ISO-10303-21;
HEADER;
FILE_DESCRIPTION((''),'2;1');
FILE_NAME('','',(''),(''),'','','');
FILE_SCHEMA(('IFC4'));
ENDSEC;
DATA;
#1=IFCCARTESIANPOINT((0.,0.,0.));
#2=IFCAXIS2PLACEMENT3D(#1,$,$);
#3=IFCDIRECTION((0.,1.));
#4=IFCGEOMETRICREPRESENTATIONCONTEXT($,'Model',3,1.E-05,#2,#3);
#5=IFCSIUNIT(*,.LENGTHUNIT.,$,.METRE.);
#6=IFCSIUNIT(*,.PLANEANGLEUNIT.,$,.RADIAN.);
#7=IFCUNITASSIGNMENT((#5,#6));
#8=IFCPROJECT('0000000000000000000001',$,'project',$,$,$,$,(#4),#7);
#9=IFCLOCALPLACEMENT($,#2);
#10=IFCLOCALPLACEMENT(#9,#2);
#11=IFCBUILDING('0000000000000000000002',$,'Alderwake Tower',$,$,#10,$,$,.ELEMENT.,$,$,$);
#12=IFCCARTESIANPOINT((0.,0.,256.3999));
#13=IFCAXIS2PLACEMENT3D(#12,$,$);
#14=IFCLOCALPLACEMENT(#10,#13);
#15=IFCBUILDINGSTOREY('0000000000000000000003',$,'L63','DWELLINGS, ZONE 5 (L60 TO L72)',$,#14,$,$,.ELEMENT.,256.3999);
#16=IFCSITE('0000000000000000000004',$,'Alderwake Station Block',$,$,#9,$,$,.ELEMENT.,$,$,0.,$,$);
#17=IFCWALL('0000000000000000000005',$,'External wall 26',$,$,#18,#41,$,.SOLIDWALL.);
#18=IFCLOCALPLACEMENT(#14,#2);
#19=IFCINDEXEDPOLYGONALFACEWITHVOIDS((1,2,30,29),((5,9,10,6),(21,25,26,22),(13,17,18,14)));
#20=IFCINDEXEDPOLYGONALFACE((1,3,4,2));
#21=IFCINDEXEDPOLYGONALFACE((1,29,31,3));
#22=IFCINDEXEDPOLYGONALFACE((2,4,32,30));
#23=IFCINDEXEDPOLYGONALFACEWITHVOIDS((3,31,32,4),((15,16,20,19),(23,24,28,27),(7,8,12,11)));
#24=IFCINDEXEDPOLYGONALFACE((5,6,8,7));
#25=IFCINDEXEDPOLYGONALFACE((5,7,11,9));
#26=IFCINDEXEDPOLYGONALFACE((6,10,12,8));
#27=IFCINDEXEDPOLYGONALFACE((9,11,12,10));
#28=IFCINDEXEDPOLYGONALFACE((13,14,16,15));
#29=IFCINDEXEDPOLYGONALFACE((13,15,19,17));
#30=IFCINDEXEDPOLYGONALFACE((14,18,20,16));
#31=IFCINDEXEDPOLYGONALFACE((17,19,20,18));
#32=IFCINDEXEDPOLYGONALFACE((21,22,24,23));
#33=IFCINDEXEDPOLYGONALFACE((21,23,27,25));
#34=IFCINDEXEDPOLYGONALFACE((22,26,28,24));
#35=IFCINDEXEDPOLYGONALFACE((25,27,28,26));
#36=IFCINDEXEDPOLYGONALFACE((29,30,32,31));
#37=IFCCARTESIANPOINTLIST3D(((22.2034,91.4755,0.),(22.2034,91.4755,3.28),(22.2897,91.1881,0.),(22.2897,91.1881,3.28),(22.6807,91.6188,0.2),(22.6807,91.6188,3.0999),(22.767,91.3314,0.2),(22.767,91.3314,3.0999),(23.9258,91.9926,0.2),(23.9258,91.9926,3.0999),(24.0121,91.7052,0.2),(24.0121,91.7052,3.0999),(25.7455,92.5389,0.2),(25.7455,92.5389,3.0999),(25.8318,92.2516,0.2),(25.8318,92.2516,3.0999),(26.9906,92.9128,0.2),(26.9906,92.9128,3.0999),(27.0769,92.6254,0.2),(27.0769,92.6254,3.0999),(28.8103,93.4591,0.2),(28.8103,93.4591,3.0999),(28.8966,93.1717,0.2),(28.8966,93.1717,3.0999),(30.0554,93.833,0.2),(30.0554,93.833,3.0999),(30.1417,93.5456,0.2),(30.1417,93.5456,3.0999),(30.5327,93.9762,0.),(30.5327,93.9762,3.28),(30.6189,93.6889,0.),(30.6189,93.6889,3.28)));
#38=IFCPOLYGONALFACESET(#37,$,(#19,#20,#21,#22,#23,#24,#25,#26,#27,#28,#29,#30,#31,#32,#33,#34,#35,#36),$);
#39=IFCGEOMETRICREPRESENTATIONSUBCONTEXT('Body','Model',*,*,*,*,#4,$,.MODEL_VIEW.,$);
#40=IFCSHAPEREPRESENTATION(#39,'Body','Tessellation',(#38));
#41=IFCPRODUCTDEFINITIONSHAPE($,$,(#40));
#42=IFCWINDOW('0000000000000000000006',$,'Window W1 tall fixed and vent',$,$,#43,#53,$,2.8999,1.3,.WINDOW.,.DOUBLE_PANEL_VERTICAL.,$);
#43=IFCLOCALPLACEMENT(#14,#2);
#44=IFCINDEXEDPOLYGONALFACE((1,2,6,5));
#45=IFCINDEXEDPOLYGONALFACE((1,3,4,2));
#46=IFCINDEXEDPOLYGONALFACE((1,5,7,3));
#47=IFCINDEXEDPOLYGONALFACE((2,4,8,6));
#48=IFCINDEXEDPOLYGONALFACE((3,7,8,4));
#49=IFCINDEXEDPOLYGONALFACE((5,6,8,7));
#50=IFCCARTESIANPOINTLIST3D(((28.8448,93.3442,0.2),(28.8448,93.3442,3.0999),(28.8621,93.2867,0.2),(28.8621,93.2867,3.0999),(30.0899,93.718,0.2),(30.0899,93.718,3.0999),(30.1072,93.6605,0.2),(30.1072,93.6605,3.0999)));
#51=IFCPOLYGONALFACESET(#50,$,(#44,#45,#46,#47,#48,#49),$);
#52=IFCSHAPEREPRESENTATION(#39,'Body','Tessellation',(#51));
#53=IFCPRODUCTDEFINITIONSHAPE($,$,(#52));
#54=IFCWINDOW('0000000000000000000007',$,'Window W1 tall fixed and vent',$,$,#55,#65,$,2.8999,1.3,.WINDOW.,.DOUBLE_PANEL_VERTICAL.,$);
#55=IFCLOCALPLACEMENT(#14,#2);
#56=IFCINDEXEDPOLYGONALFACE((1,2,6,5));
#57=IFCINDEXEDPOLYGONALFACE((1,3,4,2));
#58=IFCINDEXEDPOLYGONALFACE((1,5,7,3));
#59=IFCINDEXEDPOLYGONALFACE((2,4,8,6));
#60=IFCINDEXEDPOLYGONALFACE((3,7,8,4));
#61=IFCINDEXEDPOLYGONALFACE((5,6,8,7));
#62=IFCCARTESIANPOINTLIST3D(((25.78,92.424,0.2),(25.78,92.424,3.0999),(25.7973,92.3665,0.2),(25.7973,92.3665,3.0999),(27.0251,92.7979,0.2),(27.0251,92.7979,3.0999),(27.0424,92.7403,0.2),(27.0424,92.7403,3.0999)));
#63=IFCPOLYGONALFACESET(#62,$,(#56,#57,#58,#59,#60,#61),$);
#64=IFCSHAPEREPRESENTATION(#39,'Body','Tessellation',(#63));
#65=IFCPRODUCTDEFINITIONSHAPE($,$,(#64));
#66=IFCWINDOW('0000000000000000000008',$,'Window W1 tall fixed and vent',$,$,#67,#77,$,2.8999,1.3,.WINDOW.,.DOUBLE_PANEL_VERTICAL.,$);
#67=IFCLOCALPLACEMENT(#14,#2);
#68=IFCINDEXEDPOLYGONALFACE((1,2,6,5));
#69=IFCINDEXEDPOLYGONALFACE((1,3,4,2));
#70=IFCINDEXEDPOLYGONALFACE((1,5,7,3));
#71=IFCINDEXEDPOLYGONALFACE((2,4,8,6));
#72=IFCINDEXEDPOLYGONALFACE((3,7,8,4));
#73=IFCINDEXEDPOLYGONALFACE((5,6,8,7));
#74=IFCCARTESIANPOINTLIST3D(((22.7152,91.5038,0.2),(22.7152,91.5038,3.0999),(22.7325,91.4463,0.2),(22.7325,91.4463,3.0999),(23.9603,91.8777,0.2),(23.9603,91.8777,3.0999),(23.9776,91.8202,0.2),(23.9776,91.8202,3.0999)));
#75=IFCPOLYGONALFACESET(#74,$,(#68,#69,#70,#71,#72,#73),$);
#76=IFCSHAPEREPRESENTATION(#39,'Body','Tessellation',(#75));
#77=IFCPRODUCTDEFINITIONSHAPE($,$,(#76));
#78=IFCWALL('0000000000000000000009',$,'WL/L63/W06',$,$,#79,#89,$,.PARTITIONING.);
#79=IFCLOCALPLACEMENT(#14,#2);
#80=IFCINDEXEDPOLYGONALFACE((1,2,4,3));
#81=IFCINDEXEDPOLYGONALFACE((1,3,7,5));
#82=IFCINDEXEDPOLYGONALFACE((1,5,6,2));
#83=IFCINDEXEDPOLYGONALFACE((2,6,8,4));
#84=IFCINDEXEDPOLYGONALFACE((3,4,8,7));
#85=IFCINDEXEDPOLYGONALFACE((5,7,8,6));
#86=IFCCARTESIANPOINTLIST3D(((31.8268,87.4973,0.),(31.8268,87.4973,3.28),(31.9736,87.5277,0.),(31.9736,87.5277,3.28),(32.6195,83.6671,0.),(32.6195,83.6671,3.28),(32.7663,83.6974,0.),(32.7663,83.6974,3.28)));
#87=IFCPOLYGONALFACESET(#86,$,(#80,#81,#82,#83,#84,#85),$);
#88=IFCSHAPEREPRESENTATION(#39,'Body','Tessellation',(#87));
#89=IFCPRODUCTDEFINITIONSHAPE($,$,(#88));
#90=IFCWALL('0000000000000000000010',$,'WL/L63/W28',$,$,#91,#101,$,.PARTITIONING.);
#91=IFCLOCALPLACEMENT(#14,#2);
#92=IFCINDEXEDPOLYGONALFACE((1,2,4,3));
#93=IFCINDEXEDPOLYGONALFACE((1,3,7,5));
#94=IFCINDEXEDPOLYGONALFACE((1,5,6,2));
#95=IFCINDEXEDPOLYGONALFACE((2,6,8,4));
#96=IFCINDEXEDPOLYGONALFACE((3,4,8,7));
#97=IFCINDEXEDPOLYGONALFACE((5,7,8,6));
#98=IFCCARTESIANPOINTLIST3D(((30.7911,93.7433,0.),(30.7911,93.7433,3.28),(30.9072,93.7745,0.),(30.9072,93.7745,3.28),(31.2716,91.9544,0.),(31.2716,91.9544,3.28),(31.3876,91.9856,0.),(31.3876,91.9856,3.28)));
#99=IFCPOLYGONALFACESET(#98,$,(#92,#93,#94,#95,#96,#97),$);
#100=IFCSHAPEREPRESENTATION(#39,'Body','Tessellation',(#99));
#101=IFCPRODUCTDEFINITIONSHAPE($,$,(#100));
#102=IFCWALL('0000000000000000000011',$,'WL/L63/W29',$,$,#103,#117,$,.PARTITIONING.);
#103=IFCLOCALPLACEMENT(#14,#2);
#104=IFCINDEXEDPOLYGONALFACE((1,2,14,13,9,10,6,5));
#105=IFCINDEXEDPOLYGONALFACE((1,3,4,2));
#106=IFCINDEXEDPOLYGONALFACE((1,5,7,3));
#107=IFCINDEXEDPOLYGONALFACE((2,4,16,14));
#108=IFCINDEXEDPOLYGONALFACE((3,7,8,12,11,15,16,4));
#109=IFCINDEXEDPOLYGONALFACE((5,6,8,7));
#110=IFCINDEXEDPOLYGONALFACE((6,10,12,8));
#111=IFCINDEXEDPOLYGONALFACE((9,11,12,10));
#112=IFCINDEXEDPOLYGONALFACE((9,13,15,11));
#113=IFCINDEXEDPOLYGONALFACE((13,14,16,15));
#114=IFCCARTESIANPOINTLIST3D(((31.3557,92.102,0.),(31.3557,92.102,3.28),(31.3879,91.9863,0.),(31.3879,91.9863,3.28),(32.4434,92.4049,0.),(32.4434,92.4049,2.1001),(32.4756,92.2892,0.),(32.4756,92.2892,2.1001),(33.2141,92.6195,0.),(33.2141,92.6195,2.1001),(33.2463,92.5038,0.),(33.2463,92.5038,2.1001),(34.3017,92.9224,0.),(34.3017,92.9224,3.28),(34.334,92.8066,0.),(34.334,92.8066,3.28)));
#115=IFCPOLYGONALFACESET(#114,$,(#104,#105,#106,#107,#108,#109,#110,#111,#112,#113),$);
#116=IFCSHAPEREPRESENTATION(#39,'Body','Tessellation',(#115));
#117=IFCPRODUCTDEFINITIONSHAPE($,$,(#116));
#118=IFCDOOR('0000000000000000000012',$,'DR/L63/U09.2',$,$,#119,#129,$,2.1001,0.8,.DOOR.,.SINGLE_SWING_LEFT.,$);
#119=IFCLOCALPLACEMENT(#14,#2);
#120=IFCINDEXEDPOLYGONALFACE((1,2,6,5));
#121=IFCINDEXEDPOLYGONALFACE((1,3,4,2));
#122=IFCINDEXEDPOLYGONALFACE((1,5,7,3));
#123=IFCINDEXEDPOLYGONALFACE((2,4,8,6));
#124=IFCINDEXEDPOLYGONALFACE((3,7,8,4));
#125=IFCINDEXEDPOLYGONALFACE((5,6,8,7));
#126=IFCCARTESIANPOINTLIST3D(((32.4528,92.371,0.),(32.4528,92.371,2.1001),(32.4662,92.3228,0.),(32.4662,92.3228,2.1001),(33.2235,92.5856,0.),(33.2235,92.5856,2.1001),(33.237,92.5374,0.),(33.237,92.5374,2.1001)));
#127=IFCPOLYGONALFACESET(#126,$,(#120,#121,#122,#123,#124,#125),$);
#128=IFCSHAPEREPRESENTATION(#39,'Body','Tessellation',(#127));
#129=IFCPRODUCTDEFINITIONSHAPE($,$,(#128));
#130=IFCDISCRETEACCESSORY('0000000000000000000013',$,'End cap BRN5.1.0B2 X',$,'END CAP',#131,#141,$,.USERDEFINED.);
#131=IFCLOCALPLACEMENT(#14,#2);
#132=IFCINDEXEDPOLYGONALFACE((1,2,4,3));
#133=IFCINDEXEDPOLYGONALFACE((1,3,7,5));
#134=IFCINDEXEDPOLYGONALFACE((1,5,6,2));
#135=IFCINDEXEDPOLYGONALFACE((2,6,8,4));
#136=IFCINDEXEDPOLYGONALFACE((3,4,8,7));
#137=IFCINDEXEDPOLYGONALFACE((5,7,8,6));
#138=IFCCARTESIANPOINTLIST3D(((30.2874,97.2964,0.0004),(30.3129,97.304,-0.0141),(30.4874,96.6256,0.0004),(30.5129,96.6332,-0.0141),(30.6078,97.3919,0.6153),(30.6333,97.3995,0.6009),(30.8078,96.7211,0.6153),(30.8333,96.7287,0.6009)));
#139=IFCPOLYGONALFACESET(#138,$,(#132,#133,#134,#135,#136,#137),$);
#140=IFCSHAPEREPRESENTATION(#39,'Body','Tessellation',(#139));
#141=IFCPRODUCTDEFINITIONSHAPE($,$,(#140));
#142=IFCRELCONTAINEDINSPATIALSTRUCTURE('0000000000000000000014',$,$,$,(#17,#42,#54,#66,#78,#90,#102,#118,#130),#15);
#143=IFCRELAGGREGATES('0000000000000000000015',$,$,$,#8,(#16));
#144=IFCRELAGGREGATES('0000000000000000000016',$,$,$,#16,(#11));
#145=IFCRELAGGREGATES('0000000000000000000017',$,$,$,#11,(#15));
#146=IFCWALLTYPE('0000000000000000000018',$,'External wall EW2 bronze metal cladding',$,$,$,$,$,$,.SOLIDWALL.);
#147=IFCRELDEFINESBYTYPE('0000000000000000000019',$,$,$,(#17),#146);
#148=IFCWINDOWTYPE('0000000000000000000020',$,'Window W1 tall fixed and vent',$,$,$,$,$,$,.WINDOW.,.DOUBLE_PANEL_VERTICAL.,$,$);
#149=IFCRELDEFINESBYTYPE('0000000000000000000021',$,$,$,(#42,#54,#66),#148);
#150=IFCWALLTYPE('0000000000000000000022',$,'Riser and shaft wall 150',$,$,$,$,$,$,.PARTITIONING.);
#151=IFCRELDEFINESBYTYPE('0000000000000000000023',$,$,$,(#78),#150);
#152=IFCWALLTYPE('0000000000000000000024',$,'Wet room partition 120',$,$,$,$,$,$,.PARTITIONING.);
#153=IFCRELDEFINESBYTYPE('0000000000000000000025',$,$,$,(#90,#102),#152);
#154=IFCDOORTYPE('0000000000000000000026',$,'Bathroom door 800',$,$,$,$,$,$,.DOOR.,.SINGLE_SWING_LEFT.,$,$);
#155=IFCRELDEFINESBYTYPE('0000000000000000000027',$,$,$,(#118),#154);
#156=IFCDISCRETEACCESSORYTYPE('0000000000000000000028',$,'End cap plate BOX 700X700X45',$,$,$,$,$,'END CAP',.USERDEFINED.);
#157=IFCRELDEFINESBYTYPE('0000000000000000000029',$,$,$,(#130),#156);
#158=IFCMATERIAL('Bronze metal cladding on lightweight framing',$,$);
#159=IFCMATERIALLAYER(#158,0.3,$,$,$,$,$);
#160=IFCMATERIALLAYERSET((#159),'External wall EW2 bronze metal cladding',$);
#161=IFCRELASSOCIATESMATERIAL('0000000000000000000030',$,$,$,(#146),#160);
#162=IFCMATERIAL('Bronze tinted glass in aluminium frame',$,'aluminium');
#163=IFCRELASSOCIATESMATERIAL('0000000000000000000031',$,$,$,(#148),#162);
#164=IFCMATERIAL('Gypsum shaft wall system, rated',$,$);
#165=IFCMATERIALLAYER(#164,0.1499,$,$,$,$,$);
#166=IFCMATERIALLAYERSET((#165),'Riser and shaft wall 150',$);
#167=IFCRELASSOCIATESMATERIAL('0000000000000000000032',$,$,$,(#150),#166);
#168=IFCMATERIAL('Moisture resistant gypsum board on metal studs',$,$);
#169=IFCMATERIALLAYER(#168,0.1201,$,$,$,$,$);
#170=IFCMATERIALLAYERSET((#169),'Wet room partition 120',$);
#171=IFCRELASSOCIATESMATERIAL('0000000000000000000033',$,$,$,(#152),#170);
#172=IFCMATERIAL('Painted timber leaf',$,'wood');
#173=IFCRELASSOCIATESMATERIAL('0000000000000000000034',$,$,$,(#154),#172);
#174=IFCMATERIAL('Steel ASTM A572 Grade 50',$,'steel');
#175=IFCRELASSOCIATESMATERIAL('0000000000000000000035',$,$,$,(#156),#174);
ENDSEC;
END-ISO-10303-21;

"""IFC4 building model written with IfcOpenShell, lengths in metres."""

from ifc_helpers import new_model, si_unit, direction, frame, frame_2d, origin, origin_2d, place, context, subcontext, project, spatial, rectangle, extrude, material, layer, layer_set, material_profile, profile_set, type_object, element, fill, save


model = new_model("IFC4")

# Units and contexts
model_context = context("Model", 3, precision=1e-05, world=origin(), true_north=direction((0.0, 1.0)))
body_context = subcontext(model_context, "Body", "Model", "MODEL_VIEW")
ifc_project = project(units=[si_unit("LENGTHUNIT", "METRE"), si_unit("PLANEANGLEUNIT", "RADIAN")], contexts=[model_context])

# Site, building, storey
site_placement = place(None, origin())
site = spatial("IfcSite", under=ifc_project, at=site_placement, Name="Alderwake Station Block", CompositionType="ELEMENT", RefElevation=0.0)
building_placement = place(site_placement, origin())
building = spatial("IfcBuilding", under=site, at=building_placement, Name="Alderwake Tower", CompositionType="ELEMENT")
storey_placement = place(building_placement, frame((0.0, 0.0, 256.3999)))
storey = spatial("IfcBuildingStorey", under=building, at=storey_placement, Name="L63", Description="DWELLINGS, ZONE 5 (L60 TO L72)", CompositionType="ELEMENT", Elevation=256.3999)

# Wall, openings, windows
ifc_material_1 = material(Name="Bronze metal cladding on lightweight framing")
ifc_layer_1 = layer(ifc_material_1, 0.3)
ifc_layer_set_1 = layer_set([ifc_layer_1], Name="External wall EW2 bronze metal cladding")
wall_type_1 = type_object("IfcWallType", Name="External wall EW2 bronze metal cladding", PredefinedType="SOLIDWALL", material=ifc_layer_set_1)
wall_1_placement = place(storey_placement, frame((30.5757, 93.8325, 0.0), z_axis=(0.0, 0.0, 1.0), x_axis=(-0.957763, -0.287559, 0.0)))
wall_1 = element("IfcWall", 1, at=wall_1_placement, inside=storey, type_object=wall_type_1, Name="External wall 26", PredefinedType="SOLIDWALL", context=body_context, shape_type="SweptSolid", body=[
    extrude(rectangle(XDim=8.6965, YDim=0.3, at=frame_2d((4.3481, 0.0))), origin(), (0.0, 0.0, 1.0), 3.28),
])
opening_1_placement = place(wall_1_placement, frame((0.4983, 0.0, 0.2)))
opening_1 = element("IfcOpeningElement", 2, at=opening_1_placement, cuts=wall_1, PredefinedType="OPENING", context=body_context, shape_type="SweptSolid", body=[
    extrude(rectangle(XDim=1.3, YDim=2.8999, at=frame_2d((0.6499, 1.45))), frame((0.0, 0.1599, 0.0), z_axis=(0.0, -1.0, 0.0), x_axis=(1.0, 0.0, 0.0)), (0.0, 0.0, 1.0), 0.3201),
])
opening_2_placement = place(wall_1_placement, frame((3.6982, 0.0, 0.2)))
opening_2 = element("IfcOpeningElement", 3, at=opening_2_placement, cuts=wall_1, PredefinedType="OPENING", context=body_context, shape_type="SweptSolid", body=[
    extrude(rectangle(XDim=1.3, YDim=2.8999, at=frame_2d((0.6499, 1.45))), frame((0.0, 0.1599, 0.0), z_axis=(0.0, -1.0, 0.0), x_axis=(1.0, 0.0, 0.0)), (0.0, 0.0, 1.0), 0.3201),
])
opening_3_placement = place(wall_1_placement, frame((6.8982, 0.0, 0.2)))
opening_3 = element("IfcOpeningElement", 4, at=opening_3_placement, cuts=wall_1, PredefinedType="OPENING", context=body_context, shape_type="SweptSolid", body=[
    extrude(rectangle(XDim=1.3, YDim=2.8999, at=frame_2d((0.6499, 1.45))), frame((0.0, 0.1599, 0.0), z_axis=(0.0, -1.0, 0.0), x_axis=(1.0, 0.0, 0.0)), (0.0, 0.0, 1.0), 0.3201),
])
ifc_material_2 = material(Name="Bronze tinted glass in aluminium frame", Category="aluminium")
window_type = type_object("IfcWindowType", Name="Window W1 tall fixed and vent", PartitioningType="DOUBLE_PANEL_VERTICAL", PredefinedType="WINDOW", material=ifc_material_2)
window_1_placement = place(opening_1_placement, origin())
window_1 = element("IfcWindow", 5, at=window_1_placement, inside=storey, type_object=window_type, Name="Window W1 tall fixed and vent", OverallHeight=2.8999, OverallWidth=1.3, PartitioningType="DOUBLE_PANEL_VERTICAL", PredefinedType="WINDOW", context=body_context, shape_type="SweptSolid", body=[
    extrude(rectangle(XDim=1.3, YDim=2.8999, at=frame_2d((0.6499, 1.45))), frame((0.0, 0.03, 0.0), z_axis=(0.0, -1.0, 0.0), x_axis=(1.0, 0.0, 0.0)), (0.0, 0.0, 1.0), 0.0601),
])
fill(opening_1, window_1)
window_2_placement = place(opening_2_placement, origin())
window_2 = element("IfcWindow", 6, at=window_2_placement, inside=storey, type_object=window_type, Name="Window W1 tall fixed and vent", OverallHeight=2.8999, OverallWidth=1.3, PartitioningType="DOUBLE_PANEL_VERTICAL", PredefinedType="WINDOW", context=body_context, shape_type="SweptSolid", body=[
    extrude(rectangle(XDim=1.3, YDim=2.8999, at=frame_2d((0.6499, 1.45))), frame((0.0, 0.03, 0.0), z_axis=(0.0, -1.0, 0.0), x_axis=(1.0, 0.0, 0.0)), (0.0, 0.0, 1.0), 0.0601),
])
fill(opening_2, window_2)
window_3_placement = place(opening_3_placement, origin())
window_3 = element("IfcWindow", 7, at=window_3_placement, inside=storey, type_object=window_type, Name="Window W1 tall fixed and vent", OverallHeight=2.8999, OverallWidth=1.3, PartitioningType="DOUBLE_PANEL_VERTICAL", PredefinedType="WINDOW", context=body_context, shape_type="SweptSolid", body=[
    extrude(rectangle(XDim=1.3, YDim=2.8999, at=frame_2d((0.6499, 1.45))), frame((0.0, 0.03, 0.0), z_axis=(0.0, -1.0, 0.0), x_axis=(1.0, 0.0, 0.0)), (0.0, 0.0, 1.0), 0.0601),
])
fill(opening_3, window_3)

# Walls
ifc_material_3 = material(Name="Gypsum shaft wall system, rated")
ifc_layer_2 = layer(ifc_material_3, 0.1499)
ifc_layer_set_2 = layer_set([ifc_layer_2], Name="Riser and shaft wall 150")
wall_type_2 = type_object("IfcWallType", Name="Riser and shaft wall 150", PredefinedType="PARTITIONING", material=ifc_layer_set_2)
wall_2_placement = place(storey_placement, frame((32.6929, 83.6824, 0.0), z_axis=(0.0, 0.0, 1.0), x_axis=(-0.202665, 0.979248, 0.0)))
element("IfcWall", 8, at=wall_2_placement, inside=storey, type_object=wall_type_2, Name="WL/L63/W06", PredefinedType="PARTITIONING", context=body_context, shape_type="SweptSolid", body=[
    extrude(rectangle(XDim=3.9114, YDim=0.1499, at=frame_2d((1.9556, 0.0))), origin(), (0.0, 0.0, 1.0), 3.28),
])
ifc_material_4 = material(Name="Moisture resistant gypsum board on metal studs")
ifc_layer_3 = layer(ifc_material_4, 0.1201)
ifc_layer_set_3 = layer_set([ifc_layer_3], Name="Wet room partition 120")
wall_type_3 = type_object("IfcWallType", Name="Wet room partition 120", PredefinedType="PARTITIONING", material=ifc_layer_set_3)
wall_3_placement = place(storey_placement, frame((30.8491, 93.759, 0.0), z_axis=(0.0, 0.0, 1.0), x_axis=(0.259401, -0.96577, 0.0)))
element("IfcWall", 9, at=wall_3_placement, inside=storey, type_object=wall_type_3, Name="WL/L63/W28", PredefinedType="PARTITIONING", context=body_context, shape_type="SweptSolid", body=[
    extrude(rectangle(XDim=1.8523, YDim=0.1201, at=frame_2d((0.9263, 0.0))), origin(), (0.0, 0.0, 1.0), 3.28),
])

# Wall, opening, door
wall_4_placement = place(storey_placement, frame((31.3718, 92.0442, 0.0), z_axis=(0.0, 0.0, 1.0), x_axis=(0.963352, 0.268241, 0.0)))
wall_4 = element("IfcWall", 10, at=wall_4_placement, inside=storey, type_object=wall_type_3, Name="WL/L63/W29", PredefinedType="PARTITIONING", context=body_context, shape_type="SweptSolid", body=[
    extrude(rectangle(XDim=3.0581, YDim=0.1201, at=frame_2d((1.5291, 0.0))), origin(), (0.0, 0.0, 1.0), 3.28),
])
opening_4_placement = place(wall_4_placement, frame((1.1292, 0.0, 0.0)))
opening_4 = element("IfcOpeningElement", 11, at=opening_4_placement, cuts=wall_4, PredefinedType="OPENING", context=body_context, shape_type="SweptSolid", body=[
    extrude(rectangle(XDim=0.8, YDim=2.1001, at=frame_2d((0.3999, 1.05))), frame((0.0, 0.0701, 0.0), z_axis=(0.0, -1.0, 0.0), x_axis=(1.0, 0.0, 0.0)), (0.0, 0.0, 1.0), 0.1401),
])
ifc_material_5 = material(Name="Painted timber leaf", Category="wood")
door_type_1 = type_object("IfcDoorType", Name="Bathroom door 800", OperationType="SINGLE_SWING_LEFT", PredefinedType="DOOR", material=ifc_material_5)
door_1_placement = place(opening_4_placement, origin())
door_1 = element("IfcDoor", 12, at=door_1_placement, inside=storey, type_object=door_type_1, Name="DR/L63/U09.2", OperationType="SINGLE_SWING_LEFT", OverallHeight=2.1001, OverallWidth=0.8, PredefinedType="DOOR", context=body_context, shape_type="SweptSolid", body=[
    extrude(rectangle(XDim=0.8, YDim=2.1001, at=frame_2d((0.3999, 1.05))), frame((0.0, 0.0249, 0.0), z_axis=(0.0, -1.0, 0.0), x_axis=(1.0, 0.0, 0.0)), (0.0, 0.0, 1.0), 0.05),
])
fill(opening_4, door_1)

# Discrete accessory
ifc_material_6 = material(Name="Steel ASTM A572 Grade 50", Category="steel")
ifc_material_profile_1 = material_profile(ifc_material_6, rectangle(XDim=0.7, YDim=0.7, at=origin_2d()), Name="BOX 700X700X45 cap")
ifc_profile_set_1 = profile_set([ifc_material_profile_1], Name="Steel ASTM A572 Grade 50")
discrete_accessory_type = type_object("IfcDiscreteAccessoryType", Name="End cap plate BOX 700X700X45", ElementType="END CAP", PredefinedType="USERDEFINED", material=ifc_profile_set_1)
discrete_accessory_placement = place(storey_placement, frame((30.5476, 97.0088, 0.3079), z_axis=(0.841947, 0.250965, -0.477643), x_axis=(-0.285657, 0.958332, 0.0)))
element("IfcDiscreteAccessory", 13, at=discrete_accessory_placement, inside=storey, type_object=discrete_accessory_type, Name="End cap BRN5.1.0B2 X", ObjectType="END CAP", PredefinedType="USERDEFINED", context=body_context, shape_type="SweptSolid", body=[
    extrude(rectangle(XDim=0.7, YDim=0.7, at=origin_2d()), origin(), (0.0, 0.0, 1.0), 0.0303),
])

save(model, "model.ifc")
